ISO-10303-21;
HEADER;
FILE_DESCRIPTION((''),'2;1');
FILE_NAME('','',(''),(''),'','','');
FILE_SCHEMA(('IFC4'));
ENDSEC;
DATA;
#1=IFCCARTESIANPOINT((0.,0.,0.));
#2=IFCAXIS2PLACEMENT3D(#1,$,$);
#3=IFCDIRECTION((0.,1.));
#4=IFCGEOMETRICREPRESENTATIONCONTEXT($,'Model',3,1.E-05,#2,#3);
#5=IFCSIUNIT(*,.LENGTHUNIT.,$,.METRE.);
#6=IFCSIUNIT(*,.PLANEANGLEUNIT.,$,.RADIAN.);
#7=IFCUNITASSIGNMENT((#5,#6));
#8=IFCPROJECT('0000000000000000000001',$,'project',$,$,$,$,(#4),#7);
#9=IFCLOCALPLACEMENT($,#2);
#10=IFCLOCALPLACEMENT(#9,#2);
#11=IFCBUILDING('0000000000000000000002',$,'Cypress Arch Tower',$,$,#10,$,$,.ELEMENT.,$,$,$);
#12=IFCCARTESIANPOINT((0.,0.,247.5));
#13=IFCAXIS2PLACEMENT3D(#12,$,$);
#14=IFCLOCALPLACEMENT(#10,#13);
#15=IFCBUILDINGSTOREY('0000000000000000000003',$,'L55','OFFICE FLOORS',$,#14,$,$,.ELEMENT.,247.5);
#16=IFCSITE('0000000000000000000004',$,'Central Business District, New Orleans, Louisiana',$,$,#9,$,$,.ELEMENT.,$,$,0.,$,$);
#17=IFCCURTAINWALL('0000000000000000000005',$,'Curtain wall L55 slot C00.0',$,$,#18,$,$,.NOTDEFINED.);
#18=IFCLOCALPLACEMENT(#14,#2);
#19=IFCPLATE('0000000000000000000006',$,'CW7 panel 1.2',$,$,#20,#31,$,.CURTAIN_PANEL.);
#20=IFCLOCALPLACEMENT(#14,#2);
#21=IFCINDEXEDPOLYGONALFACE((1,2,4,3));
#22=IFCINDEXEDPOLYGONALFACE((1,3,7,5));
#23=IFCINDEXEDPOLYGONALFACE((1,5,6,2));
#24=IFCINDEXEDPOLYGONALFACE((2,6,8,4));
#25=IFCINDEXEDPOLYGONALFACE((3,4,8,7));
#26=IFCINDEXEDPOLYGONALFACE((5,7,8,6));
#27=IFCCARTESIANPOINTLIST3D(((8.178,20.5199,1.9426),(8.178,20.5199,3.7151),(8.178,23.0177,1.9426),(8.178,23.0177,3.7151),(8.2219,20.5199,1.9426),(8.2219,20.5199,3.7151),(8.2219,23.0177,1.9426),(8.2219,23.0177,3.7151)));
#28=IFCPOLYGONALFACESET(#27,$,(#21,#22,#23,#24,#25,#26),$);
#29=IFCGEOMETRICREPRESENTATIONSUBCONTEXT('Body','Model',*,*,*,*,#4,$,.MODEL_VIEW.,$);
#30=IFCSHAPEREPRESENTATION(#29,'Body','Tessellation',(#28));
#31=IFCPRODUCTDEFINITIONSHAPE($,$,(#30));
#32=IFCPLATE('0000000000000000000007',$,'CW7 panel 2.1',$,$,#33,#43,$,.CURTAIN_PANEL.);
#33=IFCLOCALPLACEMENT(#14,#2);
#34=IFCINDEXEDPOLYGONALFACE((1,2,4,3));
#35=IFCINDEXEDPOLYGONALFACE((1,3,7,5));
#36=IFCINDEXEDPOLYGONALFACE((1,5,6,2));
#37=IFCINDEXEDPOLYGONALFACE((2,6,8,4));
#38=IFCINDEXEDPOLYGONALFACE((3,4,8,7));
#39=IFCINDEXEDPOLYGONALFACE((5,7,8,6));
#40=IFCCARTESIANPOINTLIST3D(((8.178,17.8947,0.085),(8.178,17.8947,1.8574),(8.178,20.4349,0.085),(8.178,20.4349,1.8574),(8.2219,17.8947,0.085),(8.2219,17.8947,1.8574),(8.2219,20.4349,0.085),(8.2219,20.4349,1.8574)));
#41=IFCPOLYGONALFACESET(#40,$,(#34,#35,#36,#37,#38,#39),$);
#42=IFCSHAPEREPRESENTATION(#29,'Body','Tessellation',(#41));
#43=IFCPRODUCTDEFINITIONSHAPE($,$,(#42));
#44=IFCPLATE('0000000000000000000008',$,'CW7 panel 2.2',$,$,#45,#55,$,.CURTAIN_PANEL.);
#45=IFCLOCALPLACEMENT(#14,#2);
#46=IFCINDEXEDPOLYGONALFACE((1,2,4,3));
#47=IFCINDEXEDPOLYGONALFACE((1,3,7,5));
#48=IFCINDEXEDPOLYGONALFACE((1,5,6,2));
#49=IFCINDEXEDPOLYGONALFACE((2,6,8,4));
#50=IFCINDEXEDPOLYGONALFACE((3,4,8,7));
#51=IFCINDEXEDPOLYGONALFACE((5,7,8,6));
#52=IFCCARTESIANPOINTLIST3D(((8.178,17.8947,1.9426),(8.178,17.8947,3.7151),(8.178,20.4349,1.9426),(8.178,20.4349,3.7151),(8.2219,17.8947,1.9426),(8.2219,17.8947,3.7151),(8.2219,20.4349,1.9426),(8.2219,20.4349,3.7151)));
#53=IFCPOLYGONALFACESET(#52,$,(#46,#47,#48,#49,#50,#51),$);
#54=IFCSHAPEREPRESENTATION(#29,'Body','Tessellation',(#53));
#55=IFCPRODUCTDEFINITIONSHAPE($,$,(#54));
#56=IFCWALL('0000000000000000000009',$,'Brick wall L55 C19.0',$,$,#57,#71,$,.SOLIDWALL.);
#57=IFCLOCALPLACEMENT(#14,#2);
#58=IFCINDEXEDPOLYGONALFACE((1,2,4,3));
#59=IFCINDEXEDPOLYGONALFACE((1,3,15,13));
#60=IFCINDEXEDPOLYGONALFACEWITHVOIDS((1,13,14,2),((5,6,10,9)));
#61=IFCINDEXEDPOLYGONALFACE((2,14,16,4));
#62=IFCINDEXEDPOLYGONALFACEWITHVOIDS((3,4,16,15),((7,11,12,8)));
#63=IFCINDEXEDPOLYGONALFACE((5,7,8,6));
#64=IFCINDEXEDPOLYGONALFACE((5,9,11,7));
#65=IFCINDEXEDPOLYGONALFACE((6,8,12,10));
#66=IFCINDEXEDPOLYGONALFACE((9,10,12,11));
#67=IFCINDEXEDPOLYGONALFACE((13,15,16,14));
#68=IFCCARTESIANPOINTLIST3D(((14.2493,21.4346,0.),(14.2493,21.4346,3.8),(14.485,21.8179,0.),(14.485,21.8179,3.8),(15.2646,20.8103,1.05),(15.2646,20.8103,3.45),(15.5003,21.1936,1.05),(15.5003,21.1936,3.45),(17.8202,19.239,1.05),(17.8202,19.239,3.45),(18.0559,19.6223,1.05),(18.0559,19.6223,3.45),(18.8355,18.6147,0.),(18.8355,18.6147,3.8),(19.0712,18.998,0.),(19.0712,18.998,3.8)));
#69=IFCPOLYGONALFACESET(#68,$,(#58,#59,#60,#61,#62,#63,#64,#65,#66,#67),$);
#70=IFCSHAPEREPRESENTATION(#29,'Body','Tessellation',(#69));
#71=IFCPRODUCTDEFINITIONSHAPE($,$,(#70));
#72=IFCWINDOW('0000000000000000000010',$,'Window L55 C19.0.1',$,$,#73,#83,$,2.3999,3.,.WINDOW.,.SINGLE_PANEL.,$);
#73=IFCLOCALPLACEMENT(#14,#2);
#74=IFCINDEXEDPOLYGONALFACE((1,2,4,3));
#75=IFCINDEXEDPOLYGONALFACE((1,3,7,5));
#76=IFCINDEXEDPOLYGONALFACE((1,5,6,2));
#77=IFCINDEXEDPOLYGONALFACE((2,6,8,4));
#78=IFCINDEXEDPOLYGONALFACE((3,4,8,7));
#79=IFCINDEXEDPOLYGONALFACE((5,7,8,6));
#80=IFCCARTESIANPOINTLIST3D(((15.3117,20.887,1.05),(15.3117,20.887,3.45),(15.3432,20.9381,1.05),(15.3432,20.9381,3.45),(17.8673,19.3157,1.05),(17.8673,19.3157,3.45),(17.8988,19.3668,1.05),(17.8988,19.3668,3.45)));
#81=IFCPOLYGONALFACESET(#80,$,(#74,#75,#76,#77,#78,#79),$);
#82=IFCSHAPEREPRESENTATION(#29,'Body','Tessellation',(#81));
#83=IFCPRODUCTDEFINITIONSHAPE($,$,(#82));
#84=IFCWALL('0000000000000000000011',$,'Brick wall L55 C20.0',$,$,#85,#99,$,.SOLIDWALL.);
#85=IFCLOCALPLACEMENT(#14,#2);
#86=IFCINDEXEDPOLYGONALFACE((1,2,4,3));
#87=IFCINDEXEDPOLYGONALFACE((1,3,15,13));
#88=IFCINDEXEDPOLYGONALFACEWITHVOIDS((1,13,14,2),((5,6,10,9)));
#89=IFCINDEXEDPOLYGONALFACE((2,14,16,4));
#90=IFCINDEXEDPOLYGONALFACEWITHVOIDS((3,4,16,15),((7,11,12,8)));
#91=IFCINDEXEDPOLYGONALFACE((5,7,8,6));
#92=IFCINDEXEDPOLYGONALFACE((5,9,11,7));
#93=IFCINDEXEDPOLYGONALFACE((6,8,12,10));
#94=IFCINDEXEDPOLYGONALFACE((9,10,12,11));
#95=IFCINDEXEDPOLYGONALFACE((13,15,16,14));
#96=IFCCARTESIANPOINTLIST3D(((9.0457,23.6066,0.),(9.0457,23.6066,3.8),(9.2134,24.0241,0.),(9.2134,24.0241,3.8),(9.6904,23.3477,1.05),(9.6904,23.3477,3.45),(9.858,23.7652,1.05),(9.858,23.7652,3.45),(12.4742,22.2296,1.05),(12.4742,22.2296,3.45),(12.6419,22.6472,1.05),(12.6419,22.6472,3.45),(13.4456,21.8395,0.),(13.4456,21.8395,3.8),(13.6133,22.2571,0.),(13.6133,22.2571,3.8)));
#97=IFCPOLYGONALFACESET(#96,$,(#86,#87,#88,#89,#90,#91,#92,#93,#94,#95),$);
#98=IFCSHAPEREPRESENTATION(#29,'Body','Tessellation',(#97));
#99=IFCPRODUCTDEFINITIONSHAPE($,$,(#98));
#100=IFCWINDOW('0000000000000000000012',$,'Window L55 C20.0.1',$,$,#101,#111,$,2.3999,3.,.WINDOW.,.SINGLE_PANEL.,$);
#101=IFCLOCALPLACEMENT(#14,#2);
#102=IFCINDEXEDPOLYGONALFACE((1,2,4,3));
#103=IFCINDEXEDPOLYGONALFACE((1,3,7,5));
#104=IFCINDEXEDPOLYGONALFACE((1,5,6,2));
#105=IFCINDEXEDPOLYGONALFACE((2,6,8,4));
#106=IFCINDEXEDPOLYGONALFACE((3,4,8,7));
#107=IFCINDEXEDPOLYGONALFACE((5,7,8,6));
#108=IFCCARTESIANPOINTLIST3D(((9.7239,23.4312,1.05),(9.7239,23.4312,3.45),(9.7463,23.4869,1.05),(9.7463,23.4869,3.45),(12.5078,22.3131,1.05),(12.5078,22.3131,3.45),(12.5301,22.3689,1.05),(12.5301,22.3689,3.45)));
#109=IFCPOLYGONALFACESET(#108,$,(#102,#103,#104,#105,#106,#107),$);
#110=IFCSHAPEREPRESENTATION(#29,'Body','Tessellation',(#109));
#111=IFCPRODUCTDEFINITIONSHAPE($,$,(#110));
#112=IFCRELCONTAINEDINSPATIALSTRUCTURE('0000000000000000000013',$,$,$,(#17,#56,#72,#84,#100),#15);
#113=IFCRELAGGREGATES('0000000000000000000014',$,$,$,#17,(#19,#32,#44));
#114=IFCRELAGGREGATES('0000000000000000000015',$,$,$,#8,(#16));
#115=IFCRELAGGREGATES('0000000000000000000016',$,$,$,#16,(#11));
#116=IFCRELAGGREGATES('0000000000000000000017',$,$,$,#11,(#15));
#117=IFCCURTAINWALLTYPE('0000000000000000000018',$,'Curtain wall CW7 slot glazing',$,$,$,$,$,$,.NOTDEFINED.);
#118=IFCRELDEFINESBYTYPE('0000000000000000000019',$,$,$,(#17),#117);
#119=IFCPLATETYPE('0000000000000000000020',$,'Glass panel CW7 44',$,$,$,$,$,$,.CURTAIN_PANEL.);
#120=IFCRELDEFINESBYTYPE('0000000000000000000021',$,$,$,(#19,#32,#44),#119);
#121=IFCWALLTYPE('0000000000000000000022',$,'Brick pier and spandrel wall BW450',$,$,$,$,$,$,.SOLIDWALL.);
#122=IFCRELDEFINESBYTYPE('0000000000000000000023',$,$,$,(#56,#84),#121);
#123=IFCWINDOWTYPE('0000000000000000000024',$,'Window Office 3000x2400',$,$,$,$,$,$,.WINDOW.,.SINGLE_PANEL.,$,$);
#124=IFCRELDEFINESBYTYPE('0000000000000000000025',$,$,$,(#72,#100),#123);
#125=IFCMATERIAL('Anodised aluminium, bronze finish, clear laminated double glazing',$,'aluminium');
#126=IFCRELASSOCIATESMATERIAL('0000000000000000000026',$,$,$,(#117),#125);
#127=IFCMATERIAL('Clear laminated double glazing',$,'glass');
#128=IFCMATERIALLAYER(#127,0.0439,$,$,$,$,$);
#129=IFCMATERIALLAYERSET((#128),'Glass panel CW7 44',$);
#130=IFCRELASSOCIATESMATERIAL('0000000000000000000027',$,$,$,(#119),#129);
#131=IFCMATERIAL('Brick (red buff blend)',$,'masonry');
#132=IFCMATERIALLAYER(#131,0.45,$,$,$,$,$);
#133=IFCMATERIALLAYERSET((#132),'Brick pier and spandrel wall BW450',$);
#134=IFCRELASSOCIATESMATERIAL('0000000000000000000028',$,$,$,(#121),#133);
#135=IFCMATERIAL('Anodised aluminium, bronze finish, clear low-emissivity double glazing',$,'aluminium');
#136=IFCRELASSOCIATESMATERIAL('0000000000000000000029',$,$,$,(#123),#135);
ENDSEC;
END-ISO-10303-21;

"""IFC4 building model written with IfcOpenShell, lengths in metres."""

from ifc_helpers import new_model, si_unit, direction, frame, frame_2d, origin, origin_2d, place, context, subcontext, project, spatial, rectangle, extrude, material, layer, layer_set, type_object, element, fill, aggregate, save


model = new_model("IFC4")

# Units and contexts
model_context = context("Model", 3, precision=1e-05, world=origin(), true_north=direction((0.0, 1.0)))
body_context = subcontext(model_context, "Body", "Model", "MODEL_VIEW")
ifc_project = project(units=[si_unit("LENGTHUNIT", "METRE"), si_unit("PLANEANGLEUNIT", "RADIAN")], contexts=[model_context])

# Site, building, storey
site_placement = place(None, origin())
site = spatial("IfcSite", under=ifc_project, at=site_placement, Name="Central Business District, New Orleans, Louisiana", CompositionType="ELEMENT", RefElevation=0.0)
building_placement = place(site_placement, origin())
building = spatial("IfcBuilding", under=site, at=building_placement, Name="Cypress Arch Tower", CompositionType="ELEMENT")
storey_placement = place(building_placement, frame((0.0, 0.0, 247.5)))
storey = spatial("IfcBuildingStorey", under=building, at=storey_placement, Name="L55", Description="OFFICE FLOORS", CompositionType="ELEMENT", Elevation=247.5)

# Curtain wall
ifc_material_1 = material(Name="Anodised aluminium, bronze finish, clear laminated double glazing", Category="aluminium")
curtain_wall_type = type_object("IfcCurtainWallType", Name="Curtain wall CW7 slot glazing", PredefinedType="NOTDEFINED", material=ifc_material_1)
curtain_wall_placement = place(storey_placement, origin())
curtain_wall = element("IfcCurtainWall", 1, at=curtain_wall_placement, inside=storey, type_object=curtain_wall_type, Name="Curtain wall L55 slot C00.0", PredefinedType="NOTDEFINED")

# Plates
ifc_material_2 = material(Name="Clear laminated double glazing", Category="glass")
ifc_layer_1 = layer(ifc_material_2, 0.0439)
ifc_layer_set_1 = layer_set([ifc_layer_1], Name="Glass panel CW7 44")
plate_type = type_object("IfcPlateType", Name="Glass panel CW7 44", PredefinedType="CURTAIN_PANEL", material=ifc_layer_set_1)
plate_1_placement = place(storey_placement, frame((8.2, 21.7688, 1.9426), z_axis=(0.0, 0.0, 1.0), x_axis=(0.0, -1.0, 0.0)))
plate_1 = element("IfcPlate", 2, at=plate_1_placement, type_object=plate_type, Name="CW7 panel 1.2", PredefinedType="CURTAIN_PANEL", context=body_context, shape_type="SweptSolid", body=[
    extrude(rectangle(XDim=2.4978, YDim=0.0439, at=origin_2d()), origin(), (0.0, 0.0, 1.0), 1.7725),
])
plate_2_placement = place(storey_placement, frame((8.2, 19.1648, 0.085), z_axis=(0.0, 0.0, 1.0), x_axis=(0.0, -1.0, 0.0)))
plate_2 = element("IfcPlate", 3, at=plate_2_placement, type_object=plate_type, Name="CW7 panel 2.1", PredefinedType="CURTAIN_PANEL", context=body_context, shape_type="SweptSolid", body=[
    extrude(rectangle(XDim=2.5403, YDim=0.0439, at=origin_2d()), origin(), (0.0, 0.0, 1.0), 1.7725),
])
plate_3_placement = place(storey_placement, frame((8.2, 19.1648, 1.9426), z_axis=(0.0, 0.0, 1.0), x_axis=(0.0, -1.0, 0.0)))
plate_3 = element("IfcPlate", 4, at=plate_3_placement, type_object=plate_type, Name="CW7 panel 2.2", PredefinedType="CURTAIN_PANEL", context=body_context, shape_type="SweptSolid", body=[
    extrude(rectangle(XDim=2.5403, YDim=0.0439, at=origin_2d()), origin(), (0.0, 0.0, 1.0), 1.7725),
])
aggregate(curtain_wall, [plate_1, plate_2, plate_3])

# Walls, openings, windows
ifc_material_3 = material(Name="Brick (red buff blend)", Category="masonry")
ifc_layer_2 = layer(ifc_material_3, 0.45)
ifc_layer_set_2 = layer_set([ifc_layer_2], Name="Brick pier and spandrel wall BW450")
wall_type = type_object("IfcWallType", Name="Brick pier and spandrel wall BW450", PredefinedType="SOLIDWALL", material=ifc_layer_set_2)
wall_1_placement = place(storey_placement, frame((18.9534, 18.8064, 0.0), z_axis=(0.0, 0.0, 1.0), x_axis=(-0.851861, 0.523768, 0.0)))
wall_1 = element("IfcWall", 5, at=wall_1_placement, inside=storey, type_object=wall_type, Name="Brick wall L55 C19.0", PredefinedType="SOLIDWALL", context=body_context, shape_type="SweptSolid", body=[
    extrude(rectangle(XDim=5.3838, YDim=0.45, at=frame_2d((2.6919, 0.0))), origin(), (0.0, 0.0, 1.0), 3.8),
])
opening_1_placement = place(wall_1_placement, frame((1.1919, 0.0, 1.05)))
opening_1 = element("IfcOpeningElement", 6, at=opening_1_placement, cuts=wall_1, PredefinedType="OPENING", context=body_context, shape_type="SweptSolid", body=[
    extrude(rectangle(XDim=3.0, YDim=2.3999, at=frame_2d((1.5, 1.2))), frame((0.0, 0.2349, 0.0), z_axis=(0.0, -1.0, 0.0), x_axis=(1.0, 0.0, 0.0)), (0.0, 0.0, 1.0), 0.47),
])
ifc_material_4 = material(Name="Anodised aluminium, bronze finish, clear low-emissivity double glazing", Category="aluminium")
window_type = type_object("IfcWindowType", Name="Window Office 3000x2400", PartitioningType="SINGLE_PANEL", PredefinedType="WINDOW", material=ifc_material_4)
window_1_placement = place(opening_1_placement, origin())
window_1 = element("IfcWindow", 7, at=window_1_placement, inside=storey, type_object=window_type, Name="Window L55 C19.0.1", OverallHeight=2.3999, OverallWidth=3.0, PartitioningType="SINGLE_PANEL", PredefinedType="WINDOW", context=body_context, shape_type="SweptSolid", body=[
    extrude(rectangle(XDim=3.0, YDim=2.3999, at=frame_2d((1.5, 1.2))), frame((0.0, 0.135, 0.0), z_axis=(0.0, -1.0, 0.0), x_axis=(1.0, 0.0, 0.0)), (0.0, 0.0, 1.0), 0.0601),
])
fill(opening_1, window_1)
wall_2_placement = place(storey_placement, frame((13.5293, 22.0483, 0.0), z_axis=(0.0, 0.0, 1.0), x_axis=(-0.927957, 0.372686, 0.0)))
wall_2 = element("IfcWall", 8, at=wall_2_placement, inside=storey, type_object=wall_type, Name="Brick wall L55 C20.0", PredefinedType="SOLIDWALL", context=body_context, shape_type="SweptSolid", body=[
    extrude(rectangle(XDim=4.7415, YDim=0.45, at=frame_2d((2.3706, 0.0))), origin(), (0.0, 0.0, 1.0), 3.8),
])
opening_2_placement = place(wall_2_placement, frame((1.0466, 0.0, 1.05)))
opening_2 = element("IfcOpeningElement", 9, at=opening_2_placement, cuts=wall_2, PredefinedType="OPENING", context=body_context, shape_type="SweptSolid", body=[
    extrude(rectangle(XDim=3.0, YDim=2.3999, at=frame_2d((1.5, 1.2))), frame((0.0, 0.2349, 0.0), z_axis=(0.0, -1.0, 0.0), x_axis=(1.0, 0.0, 0.0)), (0.0, 0.0, 1.0), 0.47),
])
window_2_placement = place(opening_2_placement, origin())
window_2 = element("IfcWindow", 10, at=window_2_placement, inside=storey, type_object=window_type, Name="Window L55 C20.0.1", OverallHeight=2.3999, OverallWidth=3.0, PartitioningType="SINGLE_PANEL", PredefinedType="WINDOW", context=body_context, shape_type="SweptSolid", body=[
    extrude(rectangle(XDim=3.0, YDim=2.3999, at=frame_2d((1.5, 1.2))), frame((0.0, 0.135, 0.0), z_axis=(0.0, -1.0, 0.0), x_axis=(1.0, 0.0, 0.0)), (0.0, 0.0, 1.0), 0.0601),
])
fill(opening_2, window_2)

save(model, "model.ifc")
